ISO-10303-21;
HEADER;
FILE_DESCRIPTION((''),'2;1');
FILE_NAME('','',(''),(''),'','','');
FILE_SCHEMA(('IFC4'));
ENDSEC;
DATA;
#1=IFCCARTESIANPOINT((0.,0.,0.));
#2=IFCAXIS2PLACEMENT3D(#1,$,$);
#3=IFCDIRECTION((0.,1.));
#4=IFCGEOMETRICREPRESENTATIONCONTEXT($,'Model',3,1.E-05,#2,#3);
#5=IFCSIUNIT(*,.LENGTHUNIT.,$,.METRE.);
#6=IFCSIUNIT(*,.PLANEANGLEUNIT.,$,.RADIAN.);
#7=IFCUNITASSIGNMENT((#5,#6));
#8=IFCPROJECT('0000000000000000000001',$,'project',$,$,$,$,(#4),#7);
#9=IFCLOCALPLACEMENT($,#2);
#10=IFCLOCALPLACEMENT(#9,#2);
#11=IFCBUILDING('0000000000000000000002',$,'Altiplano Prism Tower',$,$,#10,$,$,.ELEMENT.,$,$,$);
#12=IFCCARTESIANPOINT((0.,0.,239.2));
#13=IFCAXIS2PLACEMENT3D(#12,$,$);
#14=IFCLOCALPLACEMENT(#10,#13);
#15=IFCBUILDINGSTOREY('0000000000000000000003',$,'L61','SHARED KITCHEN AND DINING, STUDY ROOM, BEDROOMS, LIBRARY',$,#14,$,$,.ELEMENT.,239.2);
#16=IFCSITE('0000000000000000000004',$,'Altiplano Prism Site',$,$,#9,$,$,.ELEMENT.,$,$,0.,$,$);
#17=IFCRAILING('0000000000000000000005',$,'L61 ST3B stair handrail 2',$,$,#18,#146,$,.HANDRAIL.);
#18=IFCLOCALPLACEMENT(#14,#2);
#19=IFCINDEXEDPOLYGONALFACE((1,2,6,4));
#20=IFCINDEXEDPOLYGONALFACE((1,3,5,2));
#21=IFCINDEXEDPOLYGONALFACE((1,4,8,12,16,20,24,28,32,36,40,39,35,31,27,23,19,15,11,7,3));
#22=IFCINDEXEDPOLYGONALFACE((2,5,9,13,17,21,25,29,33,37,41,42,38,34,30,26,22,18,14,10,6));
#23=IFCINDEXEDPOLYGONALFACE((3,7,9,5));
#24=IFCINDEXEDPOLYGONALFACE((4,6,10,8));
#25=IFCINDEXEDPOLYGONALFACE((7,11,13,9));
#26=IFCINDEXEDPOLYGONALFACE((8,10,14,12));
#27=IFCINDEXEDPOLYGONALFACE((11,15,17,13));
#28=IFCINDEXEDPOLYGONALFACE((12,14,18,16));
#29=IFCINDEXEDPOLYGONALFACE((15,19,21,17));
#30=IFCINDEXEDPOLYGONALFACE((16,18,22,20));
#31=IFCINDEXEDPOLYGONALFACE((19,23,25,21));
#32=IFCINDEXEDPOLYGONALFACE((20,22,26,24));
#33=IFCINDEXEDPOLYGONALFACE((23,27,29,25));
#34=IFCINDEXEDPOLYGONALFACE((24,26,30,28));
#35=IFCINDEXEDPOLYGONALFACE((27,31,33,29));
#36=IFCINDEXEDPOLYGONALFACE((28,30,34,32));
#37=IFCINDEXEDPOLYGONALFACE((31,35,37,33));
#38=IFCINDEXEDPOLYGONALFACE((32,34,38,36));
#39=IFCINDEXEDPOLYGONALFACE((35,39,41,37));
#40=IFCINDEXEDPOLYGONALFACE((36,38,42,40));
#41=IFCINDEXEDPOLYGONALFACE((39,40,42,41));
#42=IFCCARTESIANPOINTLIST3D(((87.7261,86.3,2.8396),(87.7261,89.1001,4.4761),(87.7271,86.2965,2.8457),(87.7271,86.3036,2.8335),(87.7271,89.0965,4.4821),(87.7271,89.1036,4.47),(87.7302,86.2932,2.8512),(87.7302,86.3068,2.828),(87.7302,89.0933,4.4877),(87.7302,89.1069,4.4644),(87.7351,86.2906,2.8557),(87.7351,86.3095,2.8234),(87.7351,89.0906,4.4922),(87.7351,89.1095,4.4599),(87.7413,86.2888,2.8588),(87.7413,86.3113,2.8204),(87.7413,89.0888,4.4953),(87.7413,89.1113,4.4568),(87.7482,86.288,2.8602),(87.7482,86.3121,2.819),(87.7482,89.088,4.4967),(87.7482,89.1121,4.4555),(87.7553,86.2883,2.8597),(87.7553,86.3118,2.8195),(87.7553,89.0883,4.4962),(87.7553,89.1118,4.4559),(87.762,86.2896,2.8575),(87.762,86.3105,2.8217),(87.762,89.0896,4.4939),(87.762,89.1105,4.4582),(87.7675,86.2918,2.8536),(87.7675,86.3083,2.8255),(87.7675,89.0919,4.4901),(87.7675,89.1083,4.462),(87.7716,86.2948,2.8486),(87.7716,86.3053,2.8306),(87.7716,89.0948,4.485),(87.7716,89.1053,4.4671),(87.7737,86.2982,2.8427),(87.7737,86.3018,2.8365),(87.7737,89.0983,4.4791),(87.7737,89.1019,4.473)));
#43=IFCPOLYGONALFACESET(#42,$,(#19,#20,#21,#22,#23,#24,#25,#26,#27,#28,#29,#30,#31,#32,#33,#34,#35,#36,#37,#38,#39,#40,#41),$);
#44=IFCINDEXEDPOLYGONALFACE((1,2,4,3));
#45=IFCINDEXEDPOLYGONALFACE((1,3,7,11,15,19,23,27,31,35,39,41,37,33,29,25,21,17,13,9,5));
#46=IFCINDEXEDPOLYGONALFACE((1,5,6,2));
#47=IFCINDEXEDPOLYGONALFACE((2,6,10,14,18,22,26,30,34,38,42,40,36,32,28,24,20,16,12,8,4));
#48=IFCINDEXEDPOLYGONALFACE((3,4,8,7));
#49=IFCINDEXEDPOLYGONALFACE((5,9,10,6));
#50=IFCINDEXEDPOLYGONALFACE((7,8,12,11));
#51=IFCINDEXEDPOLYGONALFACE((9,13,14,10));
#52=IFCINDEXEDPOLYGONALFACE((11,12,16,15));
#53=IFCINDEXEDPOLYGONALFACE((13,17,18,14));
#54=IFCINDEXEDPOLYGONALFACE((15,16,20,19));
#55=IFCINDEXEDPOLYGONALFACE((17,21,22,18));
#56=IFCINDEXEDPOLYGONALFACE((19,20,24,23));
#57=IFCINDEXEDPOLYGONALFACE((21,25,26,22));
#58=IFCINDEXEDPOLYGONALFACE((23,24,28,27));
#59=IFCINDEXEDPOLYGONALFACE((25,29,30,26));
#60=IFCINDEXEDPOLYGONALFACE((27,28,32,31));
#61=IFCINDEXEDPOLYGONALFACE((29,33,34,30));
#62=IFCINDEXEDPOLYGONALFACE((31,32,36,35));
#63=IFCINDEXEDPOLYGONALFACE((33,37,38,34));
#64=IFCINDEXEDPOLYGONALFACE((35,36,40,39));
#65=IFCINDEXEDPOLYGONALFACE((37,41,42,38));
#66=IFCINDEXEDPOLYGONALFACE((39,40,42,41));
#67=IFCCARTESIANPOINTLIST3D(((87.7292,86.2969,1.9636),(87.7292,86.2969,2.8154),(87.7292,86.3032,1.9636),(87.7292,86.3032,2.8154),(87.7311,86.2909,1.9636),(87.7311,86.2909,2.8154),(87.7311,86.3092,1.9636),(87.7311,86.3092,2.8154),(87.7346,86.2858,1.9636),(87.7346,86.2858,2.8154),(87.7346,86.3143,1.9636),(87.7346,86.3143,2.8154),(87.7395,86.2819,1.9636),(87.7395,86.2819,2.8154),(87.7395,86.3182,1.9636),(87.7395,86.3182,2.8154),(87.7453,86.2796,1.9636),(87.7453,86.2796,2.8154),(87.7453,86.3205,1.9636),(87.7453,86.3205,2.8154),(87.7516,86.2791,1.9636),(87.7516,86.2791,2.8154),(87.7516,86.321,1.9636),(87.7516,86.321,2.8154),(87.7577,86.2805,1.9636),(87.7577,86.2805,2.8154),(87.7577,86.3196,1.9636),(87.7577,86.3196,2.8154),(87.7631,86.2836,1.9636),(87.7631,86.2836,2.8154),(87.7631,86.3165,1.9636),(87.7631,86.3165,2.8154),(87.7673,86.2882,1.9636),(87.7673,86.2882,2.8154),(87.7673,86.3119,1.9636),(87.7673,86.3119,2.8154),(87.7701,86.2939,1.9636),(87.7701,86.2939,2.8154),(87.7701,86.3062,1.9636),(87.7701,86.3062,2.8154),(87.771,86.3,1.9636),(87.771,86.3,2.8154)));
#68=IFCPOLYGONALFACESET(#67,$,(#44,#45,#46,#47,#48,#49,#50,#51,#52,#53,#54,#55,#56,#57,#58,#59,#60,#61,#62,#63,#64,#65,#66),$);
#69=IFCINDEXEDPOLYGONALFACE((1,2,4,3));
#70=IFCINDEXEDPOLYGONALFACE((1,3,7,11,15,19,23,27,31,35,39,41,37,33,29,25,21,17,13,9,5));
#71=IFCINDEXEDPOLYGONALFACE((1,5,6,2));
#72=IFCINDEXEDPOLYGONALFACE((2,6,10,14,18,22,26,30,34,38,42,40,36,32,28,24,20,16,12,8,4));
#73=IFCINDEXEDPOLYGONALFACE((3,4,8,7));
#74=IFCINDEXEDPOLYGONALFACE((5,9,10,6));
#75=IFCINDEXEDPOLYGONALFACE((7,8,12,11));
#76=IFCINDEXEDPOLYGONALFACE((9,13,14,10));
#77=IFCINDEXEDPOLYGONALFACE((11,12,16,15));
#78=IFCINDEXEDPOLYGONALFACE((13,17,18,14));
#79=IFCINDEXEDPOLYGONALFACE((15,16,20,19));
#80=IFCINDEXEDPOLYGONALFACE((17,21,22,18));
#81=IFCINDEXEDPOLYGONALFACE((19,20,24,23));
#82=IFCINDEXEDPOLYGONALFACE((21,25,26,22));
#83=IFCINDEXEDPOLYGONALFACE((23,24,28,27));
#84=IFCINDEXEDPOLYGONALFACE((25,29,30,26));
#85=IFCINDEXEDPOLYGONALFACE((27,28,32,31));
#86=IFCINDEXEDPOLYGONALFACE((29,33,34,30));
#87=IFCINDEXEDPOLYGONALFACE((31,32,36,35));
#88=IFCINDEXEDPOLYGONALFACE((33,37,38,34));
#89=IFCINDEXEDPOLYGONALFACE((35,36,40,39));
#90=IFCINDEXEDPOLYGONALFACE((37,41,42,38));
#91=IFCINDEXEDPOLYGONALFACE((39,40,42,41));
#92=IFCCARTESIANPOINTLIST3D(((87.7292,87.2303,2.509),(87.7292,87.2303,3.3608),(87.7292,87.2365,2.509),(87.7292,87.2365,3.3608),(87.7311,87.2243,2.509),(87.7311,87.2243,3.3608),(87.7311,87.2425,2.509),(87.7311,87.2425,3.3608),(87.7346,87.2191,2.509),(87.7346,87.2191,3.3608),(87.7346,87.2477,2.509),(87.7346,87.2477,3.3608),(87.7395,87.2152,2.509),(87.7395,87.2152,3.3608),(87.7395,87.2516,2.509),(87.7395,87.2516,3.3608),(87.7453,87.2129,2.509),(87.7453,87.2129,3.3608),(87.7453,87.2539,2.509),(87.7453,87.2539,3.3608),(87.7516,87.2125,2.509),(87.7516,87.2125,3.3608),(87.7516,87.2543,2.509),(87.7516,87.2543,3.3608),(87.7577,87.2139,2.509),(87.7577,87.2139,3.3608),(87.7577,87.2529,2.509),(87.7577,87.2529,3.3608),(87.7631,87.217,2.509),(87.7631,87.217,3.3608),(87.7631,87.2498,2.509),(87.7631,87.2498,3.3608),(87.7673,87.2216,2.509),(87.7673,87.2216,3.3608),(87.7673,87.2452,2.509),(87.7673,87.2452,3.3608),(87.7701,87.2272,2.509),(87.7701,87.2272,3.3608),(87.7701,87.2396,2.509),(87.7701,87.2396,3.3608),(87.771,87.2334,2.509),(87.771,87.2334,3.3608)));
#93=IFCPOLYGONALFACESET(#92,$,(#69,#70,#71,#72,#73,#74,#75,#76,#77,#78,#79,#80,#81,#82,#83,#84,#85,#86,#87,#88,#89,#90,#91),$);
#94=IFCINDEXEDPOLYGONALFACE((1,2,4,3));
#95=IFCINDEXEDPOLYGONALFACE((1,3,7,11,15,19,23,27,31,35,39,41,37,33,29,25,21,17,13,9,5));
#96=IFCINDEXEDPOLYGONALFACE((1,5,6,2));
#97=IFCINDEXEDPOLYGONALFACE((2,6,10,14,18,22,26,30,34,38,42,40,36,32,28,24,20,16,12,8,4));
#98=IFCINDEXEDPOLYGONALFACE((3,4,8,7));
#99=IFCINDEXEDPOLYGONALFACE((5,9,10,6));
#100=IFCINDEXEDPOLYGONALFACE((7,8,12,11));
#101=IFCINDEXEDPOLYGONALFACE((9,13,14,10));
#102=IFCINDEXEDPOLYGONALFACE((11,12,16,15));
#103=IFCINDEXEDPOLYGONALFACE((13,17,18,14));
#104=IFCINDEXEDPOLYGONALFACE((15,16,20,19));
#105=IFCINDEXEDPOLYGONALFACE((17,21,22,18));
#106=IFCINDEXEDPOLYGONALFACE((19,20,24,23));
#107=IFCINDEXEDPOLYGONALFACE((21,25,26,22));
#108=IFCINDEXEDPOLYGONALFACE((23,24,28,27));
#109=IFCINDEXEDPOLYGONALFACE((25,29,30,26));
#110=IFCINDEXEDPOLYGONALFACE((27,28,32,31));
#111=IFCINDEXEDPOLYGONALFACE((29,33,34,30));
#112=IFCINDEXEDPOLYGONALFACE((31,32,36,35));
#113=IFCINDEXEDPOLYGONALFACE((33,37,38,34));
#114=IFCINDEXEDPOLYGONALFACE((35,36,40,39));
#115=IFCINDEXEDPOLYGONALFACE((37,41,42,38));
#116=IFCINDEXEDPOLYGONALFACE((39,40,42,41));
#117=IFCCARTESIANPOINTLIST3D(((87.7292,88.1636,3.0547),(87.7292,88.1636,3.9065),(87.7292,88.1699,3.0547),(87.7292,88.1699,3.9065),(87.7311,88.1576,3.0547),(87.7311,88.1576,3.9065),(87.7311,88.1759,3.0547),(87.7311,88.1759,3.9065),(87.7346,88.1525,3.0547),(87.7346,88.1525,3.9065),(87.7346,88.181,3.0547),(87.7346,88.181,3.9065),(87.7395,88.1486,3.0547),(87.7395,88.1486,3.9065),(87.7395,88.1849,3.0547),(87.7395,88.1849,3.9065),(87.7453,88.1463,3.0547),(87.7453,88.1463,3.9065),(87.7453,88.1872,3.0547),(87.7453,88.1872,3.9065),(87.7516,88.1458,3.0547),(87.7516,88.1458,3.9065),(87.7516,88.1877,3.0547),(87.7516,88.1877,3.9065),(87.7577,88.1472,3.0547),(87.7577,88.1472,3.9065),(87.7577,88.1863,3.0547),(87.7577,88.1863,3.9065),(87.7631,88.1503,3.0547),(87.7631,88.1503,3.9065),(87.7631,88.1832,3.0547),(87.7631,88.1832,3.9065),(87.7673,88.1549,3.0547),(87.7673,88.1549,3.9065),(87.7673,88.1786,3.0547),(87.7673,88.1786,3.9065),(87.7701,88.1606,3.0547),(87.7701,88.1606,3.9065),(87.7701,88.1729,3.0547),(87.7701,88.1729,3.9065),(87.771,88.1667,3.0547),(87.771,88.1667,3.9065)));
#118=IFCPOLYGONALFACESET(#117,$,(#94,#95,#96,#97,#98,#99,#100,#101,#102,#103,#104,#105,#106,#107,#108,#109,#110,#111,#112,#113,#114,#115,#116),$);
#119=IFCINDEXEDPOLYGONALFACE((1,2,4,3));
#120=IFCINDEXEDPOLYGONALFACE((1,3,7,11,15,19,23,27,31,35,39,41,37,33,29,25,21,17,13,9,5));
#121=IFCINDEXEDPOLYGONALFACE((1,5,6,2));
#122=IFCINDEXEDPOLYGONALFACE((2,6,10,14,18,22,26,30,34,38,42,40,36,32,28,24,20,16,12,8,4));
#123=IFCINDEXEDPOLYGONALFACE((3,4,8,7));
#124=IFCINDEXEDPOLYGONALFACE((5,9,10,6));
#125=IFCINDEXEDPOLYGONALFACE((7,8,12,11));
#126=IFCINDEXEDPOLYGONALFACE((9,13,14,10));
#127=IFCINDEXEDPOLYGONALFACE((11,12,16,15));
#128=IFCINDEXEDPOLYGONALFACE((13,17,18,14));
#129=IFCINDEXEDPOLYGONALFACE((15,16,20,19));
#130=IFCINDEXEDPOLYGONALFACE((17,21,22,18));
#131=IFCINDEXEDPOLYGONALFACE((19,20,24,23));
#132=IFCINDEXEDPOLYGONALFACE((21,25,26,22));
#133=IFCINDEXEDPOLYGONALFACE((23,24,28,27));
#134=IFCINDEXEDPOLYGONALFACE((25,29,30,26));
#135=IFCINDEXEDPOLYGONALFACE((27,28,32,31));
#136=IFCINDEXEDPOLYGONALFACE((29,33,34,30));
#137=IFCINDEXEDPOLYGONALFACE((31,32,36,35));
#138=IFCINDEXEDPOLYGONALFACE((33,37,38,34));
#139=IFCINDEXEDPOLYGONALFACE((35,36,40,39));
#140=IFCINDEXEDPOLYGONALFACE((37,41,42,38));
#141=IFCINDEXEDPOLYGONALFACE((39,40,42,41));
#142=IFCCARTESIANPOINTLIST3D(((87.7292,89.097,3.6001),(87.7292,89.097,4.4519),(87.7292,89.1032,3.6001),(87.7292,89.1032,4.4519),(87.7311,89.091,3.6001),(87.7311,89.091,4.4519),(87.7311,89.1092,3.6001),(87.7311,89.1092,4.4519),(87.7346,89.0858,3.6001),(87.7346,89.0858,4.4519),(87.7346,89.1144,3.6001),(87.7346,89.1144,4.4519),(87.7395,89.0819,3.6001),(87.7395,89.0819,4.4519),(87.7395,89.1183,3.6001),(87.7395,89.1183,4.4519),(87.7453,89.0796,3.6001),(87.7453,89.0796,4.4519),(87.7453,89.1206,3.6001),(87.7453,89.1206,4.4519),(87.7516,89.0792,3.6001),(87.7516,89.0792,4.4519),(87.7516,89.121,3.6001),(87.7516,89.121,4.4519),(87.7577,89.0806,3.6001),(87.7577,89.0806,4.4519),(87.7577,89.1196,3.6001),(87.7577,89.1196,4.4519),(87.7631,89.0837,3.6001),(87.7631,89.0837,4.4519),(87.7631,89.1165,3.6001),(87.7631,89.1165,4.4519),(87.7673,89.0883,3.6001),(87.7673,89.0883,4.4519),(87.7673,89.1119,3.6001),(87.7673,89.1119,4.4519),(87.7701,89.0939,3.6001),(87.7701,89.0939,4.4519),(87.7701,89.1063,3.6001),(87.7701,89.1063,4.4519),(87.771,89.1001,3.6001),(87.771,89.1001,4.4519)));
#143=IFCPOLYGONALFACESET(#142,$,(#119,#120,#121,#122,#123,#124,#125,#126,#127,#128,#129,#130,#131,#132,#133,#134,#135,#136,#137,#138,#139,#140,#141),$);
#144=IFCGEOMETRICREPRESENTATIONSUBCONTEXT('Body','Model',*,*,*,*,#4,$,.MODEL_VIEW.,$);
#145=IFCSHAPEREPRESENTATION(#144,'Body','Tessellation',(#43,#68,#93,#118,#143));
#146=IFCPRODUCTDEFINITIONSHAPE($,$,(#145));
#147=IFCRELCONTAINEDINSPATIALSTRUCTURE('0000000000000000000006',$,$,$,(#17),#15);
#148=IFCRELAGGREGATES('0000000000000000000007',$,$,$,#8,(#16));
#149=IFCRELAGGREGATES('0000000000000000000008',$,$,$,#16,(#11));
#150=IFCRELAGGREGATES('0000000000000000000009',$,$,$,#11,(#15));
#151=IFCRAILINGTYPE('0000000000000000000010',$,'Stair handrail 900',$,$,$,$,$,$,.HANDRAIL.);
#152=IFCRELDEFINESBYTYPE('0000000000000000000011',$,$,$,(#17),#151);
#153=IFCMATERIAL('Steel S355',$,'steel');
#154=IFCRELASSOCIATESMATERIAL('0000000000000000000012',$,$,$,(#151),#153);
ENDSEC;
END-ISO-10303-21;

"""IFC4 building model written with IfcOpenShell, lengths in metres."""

from ifc_helpers import new_model, si_unit, direction, frame, origin, origin_2d, place, context, subcontext, project, spatial, circle, extrude, material, type_object, element, save


model = new_model("IFC4")

# Units and contexts
model_context = context("Model", 3, precision=1e-05, world=origin(), true_north=direction((0.0, 1.0)))
body_context = subcontext(model_context, "Body", "Model", "MODEL_VIEW")
ifc_project = project(units=[si_unit("LENGTHUNIT", "METRE"), si_unit("PLANEANGLEUNIT", "RADIAN")], contexts=[model_context])

# Site, building, storey
site_placement = place(None, origin())
site = spatial("IfcSite", under=ifc_project, at=site_placement, Name="Altiplano Prism Site", CompositionType="ELEMENT", RefElevation=0.0)
building_placement = place(site_placement, origin())
building = spatial("IfcBuilding", under=site, at=building_placement, Name="Altiplano Prism Tower", CompositionType="ELEMENT")
storey_placement = place(building_placement, frame((0.0, 0.0, 239.2)))
storey = spatial("IfcBuildingStorey", under=building, at=storey_placement, Name="L61", Description="SHARED KITCHEN AND DINING, STUDY ROOM, BEDROOMS, LIBRARY", CompositionType="ELEMENT", Elevation=239.2)

# Railing
ifc_material_1 = material(Name="Steel S355", Category="steel")
railing_type = type_object("IfcRailingType", Name="Stair handrail 900", PredefinedType="HANDRAIL", material=ifc_material_1)
for number, where, name in (
    (1, (87.75, 86.3, 1.9636), "L61 ST3B stair handrail 2"),
):
    element("IfcRailing", number, at=place(storey_placement, frame(where)), inside=storey, type_object=railing_type, Name=name, PredefinedType="HANDRAIL", context=body_context, shape_type="SweptSolid", body=[
        extrude(circle(Radius=0.0239, at=origin_2d()), frame((0.0, 0.0, 0.876), z_axis=(0.0, 0.863361, 0.504587), x_axis=(-1.0, 0.0, 0.0)), (0.0, 0.0, 1.0), 3.2432),
        extrude(circle(Radius=0.021, at=origin_2d()), origin(), (0.0, 0.0, 1.0), 0.8518),
        extrude(circle(Radius=0.021, at=origin_2d()), frame((0.0, 0.9333, 0.5454)), (0.0, 0.0, 1.0), 0.8518),
        extrude(circle(Radius=0.021, at=origin_2d()), frame((0.0, 1.8667, 1.0911)), (0.0, 0.0, 1.0), 0.8518),
        extrude(circle(Radius=0.021, at=origin_2d()), frame((0.0, 2.8, 1.6365)), (0.0, 0.0, 1.0), 0.8518),
    ])

save(model, "model.ifc")
